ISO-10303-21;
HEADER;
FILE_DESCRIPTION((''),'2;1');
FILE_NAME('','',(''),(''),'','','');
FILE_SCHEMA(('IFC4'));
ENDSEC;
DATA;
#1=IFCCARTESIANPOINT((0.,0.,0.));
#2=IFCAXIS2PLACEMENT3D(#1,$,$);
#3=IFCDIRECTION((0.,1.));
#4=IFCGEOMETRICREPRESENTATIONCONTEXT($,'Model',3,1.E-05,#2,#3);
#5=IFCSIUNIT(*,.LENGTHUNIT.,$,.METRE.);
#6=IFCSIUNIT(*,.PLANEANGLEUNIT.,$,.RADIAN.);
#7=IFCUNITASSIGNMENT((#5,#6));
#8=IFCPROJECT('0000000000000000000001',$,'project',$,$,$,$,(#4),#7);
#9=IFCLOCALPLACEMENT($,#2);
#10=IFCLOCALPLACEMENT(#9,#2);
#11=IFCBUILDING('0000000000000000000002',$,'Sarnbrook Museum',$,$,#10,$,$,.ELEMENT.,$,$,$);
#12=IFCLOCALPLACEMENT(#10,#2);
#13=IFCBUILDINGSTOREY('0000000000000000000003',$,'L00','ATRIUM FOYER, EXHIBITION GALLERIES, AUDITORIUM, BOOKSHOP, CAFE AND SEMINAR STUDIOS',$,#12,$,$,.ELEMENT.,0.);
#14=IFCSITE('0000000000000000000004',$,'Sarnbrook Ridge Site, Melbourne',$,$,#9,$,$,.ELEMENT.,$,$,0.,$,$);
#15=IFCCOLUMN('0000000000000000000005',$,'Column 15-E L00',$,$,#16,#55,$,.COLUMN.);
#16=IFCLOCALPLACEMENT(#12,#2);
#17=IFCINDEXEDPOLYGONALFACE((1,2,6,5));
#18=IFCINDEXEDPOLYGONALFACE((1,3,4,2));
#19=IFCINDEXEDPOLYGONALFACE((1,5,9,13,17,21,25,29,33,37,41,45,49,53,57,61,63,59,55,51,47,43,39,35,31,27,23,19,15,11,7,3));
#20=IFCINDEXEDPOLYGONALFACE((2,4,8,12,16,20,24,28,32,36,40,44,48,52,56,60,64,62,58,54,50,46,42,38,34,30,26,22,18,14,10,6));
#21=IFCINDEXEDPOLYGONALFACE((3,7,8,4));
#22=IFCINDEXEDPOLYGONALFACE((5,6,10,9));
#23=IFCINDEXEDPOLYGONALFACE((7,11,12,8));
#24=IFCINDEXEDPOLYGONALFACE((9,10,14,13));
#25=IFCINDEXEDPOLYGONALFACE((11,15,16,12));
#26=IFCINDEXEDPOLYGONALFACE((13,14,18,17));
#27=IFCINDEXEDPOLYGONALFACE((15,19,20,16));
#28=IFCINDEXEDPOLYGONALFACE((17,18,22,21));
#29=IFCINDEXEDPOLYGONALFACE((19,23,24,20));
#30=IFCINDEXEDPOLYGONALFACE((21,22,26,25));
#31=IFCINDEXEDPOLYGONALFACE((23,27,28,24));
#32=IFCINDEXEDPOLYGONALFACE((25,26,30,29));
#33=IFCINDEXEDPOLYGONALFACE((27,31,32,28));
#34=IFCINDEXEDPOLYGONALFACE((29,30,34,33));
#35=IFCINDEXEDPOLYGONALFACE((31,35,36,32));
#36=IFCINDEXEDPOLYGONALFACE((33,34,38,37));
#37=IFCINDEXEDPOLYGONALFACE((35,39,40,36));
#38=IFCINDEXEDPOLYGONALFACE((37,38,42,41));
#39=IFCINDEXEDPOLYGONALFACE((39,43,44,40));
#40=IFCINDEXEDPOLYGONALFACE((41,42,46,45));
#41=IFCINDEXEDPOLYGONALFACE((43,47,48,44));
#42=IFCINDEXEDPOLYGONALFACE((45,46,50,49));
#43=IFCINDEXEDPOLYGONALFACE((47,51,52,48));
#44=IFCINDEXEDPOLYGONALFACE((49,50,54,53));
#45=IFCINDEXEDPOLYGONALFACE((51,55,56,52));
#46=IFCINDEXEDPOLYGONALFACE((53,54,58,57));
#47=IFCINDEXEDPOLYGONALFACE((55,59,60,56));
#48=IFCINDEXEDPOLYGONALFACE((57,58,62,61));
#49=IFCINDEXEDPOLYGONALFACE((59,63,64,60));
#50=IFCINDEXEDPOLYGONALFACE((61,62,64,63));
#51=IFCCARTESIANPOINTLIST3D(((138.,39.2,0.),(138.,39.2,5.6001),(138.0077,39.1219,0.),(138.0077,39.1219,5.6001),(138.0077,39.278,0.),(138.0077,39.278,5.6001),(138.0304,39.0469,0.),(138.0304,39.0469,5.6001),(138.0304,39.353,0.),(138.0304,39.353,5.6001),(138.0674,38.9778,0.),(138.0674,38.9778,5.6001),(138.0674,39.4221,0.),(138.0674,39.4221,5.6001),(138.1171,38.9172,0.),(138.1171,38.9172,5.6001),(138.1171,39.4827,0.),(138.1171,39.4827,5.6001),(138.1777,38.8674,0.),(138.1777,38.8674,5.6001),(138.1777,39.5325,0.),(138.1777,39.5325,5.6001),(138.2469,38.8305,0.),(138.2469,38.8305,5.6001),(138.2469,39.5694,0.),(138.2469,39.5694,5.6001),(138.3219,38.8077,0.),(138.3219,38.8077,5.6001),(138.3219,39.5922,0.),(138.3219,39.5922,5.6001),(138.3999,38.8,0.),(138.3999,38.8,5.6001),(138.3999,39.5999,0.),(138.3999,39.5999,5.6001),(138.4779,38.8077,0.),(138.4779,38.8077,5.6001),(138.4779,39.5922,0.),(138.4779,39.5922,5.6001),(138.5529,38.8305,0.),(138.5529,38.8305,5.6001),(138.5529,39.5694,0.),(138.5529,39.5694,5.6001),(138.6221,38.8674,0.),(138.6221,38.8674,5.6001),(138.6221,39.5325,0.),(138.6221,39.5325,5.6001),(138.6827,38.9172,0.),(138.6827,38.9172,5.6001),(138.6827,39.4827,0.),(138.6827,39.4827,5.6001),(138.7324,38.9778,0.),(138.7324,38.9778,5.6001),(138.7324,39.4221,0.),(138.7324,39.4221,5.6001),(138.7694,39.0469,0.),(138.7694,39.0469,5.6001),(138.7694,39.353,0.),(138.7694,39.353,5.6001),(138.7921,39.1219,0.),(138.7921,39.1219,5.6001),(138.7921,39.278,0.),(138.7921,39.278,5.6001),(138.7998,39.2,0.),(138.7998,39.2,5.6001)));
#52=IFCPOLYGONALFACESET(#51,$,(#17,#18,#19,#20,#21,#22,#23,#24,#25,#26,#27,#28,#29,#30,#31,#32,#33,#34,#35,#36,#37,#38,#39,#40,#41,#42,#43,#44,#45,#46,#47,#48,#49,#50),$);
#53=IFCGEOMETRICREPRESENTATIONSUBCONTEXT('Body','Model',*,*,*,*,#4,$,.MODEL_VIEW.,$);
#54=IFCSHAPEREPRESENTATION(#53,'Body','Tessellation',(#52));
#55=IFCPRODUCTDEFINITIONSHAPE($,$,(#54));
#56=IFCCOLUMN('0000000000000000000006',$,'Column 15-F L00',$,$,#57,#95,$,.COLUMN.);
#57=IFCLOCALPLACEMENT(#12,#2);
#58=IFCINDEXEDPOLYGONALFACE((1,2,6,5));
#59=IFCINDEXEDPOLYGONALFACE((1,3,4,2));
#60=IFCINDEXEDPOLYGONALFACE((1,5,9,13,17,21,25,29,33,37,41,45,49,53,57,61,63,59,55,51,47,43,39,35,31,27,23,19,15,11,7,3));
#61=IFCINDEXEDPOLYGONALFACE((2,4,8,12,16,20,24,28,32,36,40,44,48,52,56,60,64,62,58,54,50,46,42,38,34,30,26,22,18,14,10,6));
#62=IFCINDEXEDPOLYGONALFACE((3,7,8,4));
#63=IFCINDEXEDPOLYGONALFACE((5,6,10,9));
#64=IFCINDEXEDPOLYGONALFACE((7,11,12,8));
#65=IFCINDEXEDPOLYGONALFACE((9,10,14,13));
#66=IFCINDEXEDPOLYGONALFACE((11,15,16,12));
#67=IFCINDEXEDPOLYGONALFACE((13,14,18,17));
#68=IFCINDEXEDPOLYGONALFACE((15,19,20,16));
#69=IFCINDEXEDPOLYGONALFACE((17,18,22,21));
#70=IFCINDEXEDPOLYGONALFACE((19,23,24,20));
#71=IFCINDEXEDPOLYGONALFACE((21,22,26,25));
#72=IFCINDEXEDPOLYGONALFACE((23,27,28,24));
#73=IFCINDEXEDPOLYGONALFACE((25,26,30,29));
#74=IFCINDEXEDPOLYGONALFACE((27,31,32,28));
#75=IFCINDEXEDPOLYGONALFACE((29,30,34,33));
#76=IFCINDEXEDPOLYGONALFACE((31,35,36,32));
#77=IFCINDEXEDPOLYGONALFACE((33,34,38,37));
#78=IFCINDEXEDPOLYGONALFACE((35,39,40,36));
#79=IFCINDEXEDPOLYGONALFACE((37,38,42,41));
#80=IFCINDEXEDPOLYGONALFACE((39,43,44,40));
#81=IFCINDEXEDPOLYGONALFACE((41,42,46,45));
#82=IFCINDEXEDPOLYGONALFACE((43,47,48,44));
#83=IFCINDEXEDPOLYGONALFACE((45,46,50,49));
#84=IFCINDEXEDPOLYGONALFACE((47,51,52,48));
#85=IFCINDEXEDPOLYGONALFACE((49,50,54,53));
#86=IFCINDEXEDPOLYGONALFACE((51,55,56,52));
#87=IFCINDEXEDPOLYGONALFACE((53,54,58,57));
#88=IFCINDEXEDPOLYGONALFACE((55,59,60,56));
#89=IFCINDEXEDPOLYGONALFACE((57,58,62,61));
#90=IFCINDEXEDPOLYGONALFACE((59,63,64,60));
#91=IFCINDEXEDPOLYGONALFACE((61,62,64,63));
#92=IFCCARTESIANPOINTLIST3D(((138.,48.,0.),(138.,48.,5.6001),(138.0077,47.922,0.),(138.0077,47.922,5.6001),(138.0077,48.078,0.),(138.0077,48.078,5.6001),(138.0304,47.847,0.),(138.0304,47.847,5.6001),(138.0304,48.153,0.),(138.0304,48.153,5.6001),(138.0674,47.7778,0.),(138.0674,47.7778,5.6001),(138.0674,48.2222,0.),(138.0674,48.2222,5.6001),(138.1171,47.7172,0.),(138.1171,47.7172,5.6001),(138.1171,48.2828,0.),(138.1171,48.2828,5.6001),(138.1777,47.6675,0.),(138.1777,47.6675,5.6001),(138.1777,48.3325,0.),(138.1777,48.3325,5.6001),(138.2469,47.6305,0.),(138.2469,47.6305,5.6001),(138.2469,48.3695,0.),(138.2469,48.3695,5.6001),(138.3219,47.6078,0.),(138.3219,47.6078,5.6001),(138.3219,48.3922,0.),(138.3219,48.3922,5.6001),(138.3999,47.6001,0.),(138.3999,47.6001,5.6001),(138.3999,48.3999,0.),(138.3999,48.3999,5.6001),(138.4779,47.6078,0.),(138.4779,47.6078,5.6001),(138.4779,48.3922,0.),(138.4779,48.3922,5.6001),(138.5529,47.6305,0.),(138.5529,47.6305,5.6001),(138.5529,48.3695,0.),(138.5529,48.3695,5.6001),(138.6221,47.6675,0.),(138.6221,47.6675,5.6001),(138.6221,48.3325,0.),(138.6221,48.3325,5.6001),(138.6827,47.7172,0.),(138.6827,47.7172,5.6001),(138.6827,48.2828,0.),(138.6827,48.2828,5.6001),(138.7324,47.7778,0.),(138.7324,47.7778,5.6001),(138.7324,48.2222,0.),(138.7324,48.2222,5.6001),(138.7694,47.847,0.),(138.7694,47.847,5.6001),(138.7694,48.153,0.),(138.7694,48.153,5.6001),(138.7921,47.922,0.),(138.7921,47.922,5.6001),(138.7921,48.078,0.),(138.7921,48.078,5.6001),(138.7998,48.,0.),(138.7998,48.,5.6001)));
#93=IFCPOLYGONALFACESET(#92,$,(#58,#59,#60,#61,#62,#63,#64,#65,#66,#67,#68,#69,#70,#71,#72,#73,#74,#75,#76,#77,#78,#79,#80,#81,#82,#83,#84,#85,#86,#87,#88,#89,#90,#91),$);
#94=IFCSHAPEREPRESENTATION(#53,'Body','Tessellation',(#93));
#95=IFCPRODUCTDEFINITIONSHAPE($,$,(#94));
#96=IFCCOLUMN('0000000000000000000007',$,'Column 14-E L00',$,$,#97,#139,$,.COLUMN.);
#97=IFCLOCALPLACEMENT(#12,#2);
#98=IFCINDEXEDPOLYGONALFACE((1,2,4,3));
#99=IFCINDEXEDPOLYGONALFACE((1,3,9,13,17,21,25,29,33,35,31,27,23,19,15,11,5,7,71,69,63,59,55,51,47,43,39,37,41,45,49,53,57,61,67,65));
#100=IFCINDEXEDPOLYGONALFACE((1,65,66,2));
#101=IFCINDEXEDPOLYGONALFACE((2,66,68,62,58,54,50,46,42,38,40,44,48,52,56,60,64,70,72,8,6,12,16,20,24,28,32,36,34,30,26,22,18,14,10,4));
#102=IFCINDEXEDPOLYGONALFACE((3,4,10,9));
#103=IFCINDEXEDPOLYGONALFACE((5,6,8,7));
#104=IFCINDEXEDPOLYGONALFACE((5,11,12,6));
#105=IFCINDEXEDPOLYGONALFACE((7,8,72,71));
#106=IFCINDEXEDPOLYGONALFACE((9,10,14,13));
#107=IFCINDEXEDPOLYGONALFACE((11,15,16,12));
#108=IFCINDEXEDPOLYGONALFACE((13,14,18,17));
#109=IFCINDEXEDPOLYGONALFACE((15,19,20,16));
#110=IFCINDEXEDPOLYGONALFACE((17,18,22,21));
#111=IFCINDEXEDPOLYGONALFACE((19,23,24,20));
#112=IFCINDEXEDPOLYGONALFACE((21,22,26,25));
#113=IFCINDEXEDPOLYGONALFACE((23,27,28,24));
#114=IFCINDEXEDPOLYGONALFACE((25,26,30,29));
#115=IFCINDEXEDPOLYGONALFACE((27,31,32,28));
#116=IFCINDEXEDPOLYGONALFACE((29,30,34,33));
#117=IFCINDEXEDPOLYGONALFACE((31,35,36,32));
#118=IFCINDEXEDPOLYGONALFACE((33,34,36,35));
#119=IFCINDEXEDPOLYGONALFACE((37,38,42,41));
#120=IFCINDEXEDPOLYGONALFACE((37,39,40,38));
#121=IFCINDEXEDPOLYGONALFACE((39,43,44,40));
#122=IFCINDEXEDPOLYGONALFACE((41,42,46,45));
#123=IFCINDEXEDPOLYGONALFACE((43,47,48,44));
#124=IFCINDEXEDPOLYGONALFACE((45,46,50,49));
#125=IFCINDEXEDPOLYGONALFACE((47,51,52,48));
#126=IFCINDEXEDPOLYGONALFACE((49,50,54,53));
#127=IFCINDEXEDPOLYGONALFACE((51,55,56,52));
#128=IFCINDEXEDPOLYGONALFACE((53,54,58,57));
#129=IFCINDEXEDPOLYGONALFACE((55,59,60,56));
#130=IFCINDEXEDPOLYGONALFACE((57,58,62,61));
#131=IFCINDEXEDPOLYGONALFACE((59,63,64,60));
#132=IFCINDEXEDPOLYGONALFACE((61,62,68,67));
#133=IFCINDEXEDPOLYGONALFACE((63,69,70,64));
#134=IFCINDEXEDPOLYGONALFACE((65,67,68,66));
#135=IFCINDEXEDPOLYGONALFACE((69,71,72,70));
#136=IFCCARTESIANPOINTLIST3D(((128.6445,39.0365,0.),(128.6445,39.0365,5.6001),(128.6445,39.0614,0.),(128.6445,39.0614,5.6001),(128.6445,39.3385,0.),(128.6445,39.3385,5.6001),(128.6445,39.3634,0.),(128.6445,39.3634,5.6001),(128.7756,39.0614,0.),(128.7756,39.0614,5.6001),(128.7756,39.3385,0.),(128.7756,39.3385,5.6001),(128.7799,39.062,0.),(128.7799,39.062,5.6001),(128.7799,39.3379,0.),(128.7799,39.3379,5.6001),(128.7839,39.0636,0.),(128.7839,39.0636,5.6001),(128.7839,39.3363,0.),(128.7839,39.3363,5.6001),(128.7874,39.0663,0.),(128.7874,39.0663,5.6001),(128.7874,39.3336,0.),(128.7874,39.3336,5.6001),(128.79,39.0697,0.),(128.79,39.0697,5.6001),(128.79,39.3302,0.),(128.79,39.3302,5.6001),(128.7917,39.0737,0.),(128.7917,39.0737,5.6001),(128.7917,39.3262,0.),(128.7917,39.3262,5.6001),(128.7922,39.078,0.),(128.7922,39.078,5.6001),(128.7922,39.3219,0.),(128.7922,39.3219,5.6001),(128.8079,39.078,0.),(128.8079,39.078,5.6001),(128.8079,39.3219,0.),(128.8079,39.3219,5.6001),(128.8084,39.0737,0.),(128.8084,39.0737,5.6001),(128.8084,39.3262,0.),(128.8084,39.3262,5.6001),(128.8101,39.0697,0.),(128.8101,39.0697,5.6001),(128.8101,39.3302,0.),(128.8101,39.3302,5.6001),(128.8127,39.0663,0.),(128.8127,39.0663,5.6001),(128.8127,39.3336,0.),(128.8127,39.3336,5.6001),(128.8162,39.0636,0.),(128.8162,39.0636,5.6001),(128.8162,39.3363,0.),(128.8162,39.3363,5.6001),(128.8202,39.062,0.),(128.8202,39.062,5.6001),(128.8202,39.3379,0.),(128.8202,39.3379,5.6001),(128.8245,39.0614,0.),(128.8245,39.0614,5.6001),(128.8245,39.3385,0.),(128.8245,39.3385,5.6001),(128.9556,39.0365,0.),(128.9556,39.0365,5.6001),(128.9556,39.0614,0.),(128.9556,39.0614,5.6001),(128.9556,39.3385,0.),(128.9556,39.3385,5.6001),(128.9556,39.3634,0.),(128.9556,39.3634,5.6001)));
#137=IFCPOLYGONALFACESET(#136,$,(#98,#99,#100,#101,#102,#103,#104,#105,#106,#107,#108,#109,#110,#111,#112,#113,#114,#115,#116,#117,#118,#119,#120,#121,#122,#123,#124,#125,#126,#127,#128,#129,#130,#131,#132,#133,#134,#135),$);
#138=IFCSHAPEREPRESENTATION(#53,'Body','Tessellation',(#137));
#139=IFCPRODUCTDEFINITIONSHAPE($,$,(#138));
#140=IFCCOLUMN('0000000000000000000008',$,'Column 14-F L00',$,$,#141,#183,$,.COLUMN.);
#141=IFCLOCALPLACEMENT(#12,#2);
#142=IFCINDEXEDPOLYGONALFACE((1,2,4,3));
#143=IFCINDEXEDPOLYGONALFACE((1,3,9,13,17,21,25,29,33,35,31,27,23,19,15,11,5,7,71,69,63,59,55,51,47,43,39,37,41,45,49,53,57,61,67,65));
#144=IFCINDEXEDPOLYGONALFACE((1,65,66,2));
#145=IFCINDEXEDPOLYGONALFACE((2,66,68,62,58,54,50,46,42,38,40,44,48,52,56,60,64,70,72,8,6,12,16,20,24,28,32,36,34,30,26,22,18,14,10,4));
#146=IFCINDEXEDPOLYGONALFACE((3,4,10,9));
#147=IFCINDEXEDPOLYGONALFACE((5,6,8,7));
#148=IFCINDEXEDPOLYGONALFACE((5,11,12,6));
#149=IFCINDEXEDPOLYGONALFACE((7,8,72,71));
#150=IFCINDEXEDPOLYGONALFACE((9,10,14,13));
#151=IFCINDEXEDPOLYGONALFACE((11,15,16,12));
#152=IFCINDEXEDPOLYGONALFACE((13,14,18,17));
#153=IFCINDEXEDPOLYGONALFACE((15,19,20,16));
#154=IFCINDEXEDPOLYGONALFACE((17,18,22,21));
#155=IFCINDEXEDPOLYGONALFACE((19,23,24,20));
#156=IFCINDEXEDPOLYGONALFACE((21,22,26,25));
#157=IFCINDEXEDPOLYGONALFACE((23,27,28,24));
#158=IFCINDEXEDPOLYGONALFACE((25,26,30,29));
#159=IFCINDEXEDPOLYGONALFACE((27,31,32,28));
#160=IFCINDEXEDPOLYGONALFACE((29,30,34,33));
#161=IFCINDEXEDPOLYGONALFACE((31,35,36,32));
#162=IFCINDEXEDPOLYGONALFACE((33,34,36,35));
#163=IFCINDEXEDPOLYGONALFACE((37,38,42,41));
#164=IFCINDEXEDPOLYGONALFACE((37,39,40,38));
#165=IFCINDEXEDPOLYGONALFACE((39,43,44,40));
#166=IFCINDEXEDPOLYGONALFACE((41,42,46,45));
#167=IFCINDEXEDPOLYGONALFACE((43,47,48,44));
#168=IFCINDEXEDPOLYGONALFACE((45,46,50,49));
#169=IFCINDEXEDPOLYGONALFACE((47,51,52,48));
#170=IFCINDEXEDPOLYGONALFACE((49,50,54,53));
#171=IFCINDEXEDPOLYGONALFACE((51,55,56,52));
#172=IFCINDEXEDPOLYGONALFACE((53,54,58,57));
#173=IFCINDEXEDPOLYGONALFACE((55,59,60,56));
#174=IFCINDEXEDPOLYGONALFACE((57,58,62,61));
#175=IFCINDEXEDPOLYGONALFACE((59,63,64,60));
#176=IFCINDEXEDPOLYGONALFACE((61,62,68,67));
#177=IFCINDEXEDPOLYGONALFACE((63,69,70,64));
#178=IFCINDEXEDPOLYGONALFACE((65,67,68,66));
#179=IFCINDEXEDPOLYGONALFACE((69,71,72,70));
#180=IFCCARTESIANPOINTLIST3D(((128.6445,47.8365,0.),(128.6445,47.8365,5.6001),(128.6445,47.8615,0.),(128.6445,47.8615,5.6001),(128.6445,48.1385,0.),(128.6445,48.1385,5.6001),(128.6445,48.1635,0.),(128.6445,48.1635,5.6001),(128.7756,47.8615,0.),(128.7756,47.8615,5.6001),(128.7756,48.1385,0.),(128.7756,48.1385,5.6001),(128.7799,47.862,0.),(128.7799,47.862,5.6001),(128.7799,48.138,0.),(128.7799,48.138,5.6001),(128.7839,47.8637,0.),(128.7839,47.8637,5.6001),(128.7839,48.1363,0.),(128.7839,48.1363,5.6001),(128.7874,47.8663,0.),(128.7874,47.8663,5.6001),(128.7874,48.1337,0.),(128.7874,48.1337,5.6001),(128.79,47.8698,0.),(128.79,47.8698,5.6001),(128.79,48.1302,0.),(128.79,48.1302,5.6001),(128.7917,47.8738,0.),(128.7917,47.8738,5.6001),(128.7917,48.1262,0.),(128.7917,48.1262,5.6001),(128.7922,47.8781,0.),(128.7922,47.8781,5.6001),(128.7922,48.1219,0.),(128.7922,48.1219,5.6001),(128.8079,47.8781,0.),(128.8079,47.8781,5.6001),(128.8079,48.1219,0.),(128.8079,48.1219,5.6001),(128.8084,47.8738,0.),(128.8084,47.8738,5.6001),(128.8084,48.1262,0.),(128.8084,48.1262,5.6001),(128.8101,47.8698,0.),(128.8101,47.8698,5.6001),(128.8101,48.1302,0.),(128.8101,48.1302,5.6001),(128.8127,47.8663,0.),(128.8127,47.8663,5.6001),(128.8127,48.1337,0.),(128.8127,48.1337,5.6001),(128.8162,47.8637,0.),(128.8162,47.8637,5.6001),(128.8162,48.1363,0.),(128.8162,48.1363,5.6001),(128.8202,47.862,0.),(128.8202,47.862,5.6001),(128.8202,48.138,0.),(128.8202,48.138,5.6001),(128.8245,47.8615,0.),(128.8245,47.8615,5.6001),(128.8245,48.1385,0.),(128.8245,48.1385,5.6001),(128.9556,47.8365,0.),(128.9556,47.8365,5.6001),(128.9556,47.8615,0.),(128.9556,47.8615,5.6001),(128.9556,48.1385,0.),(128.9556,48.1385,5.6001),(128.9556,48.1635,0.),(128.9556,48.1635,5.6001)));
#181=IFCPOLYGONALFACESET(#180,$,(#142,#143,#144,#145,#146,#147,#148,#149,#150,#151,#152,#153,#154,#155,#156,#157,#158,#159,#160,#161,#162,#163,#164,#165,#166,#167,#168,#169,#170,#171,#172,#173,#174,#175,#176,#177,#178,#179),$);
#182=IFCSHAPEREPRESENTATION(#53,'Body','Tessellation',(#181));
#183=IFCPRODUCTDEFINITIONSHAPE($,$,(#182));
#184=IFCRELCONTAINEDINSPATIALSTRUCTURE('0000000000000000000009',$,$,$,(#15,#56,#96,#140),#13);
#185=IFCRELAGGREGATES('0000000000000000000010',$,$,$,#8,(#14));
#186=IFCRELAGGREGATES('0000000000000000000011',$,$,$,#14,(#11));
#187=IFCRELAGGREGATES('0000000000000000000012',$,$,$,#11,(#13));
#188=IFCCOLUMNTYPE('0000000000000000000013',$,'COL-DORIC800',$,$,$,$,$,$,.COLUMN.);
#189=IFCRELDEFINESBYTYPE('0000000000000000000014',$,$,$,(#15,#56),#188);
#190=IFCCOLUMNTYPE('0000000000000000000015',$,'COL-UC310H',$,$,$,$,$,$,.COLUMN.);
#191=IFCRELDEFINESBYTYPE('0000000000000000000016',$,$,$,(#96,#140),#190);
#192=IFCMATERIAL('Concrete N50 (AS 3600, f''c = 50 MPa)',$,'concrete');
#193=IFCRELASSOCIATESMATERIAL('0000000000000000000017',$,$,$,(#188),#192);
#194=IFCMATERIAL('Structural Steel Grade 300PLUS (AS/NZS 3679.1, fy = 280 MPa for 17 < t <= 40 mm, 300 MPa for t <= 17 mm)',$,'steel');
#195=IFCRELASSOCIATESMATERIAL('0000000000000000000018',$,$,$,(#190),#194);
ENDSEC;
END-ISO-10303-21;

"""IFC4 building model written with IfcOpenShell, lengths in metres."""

from ifc_helpers import new_model, si_unit, direction, frame, origin, origin_2d, place, context, subcontext, project, spatial, circle, i_section, extrude, material, material_profile, profile_set, type_object, element, save


model = new_model("IFC4")

# Units and contexts
model_context = context("Model", 3, precision=1e-05, world=origin(), true_north=direction((0.0, 1.0)))
body_context = subcontext(model_context, "Body", "Model", "MODEL_VIEW")
ifc_project = project(units=[si_unit("LENGTHUNIT", "METRE"), si_unit("PLANEANGLEUNIT", "RADIAN")], contexts=[model_context])

# Site, building, storey
site_placement = place(None, origin())
site = spatial("IfcSite", under=ifc_project, at=site_placement, Name="Sarnbrook Ridge Site, Melbourne", CompositionType="ELEMENT", RefElevation=0.0)
building_placement = place(site_placement, origin())
building = spatial("IfcBuilding", under=site, at=building_placement, Name="Sarnbrook Museum", CompositionType="ELEMENT")
storey_placement = place(building_placement, origin())
storey = spatial("IfcBuildingStorey", under=building, at=storey_placement, Name="L00", Description="ATRIUM FOYER, EXHIBITION GALLERIES, AUDITORIUM, BOOKSHOP, CAFE AND SEMINAR STUDIOS", CompositionType="ELEMENT", Elevation=0.0)

# Columns
ifc_material_1 = material(Name="Concrete N50 (AS 3600, f'c = 50 MPa)", Category="concrete")
ifc_material_profile_1 = material_profile(ifc_material_1, circle(Radius=0.3999, at=origin_2d()), Name="DORIC D800")
ifc_profile_set_1 = profile_set([ifc_material_profile_1], Name="Concrete N50 (AS 3600, f'c = 50 MPa)")
column_type_1 = type_object("IfcColumnType", Name="COL-DORIC800", PredefinedType="COLUMN", material=ifc_profile_set_1)
for number, where, z_axis, x_axis, name in (
    (1, (138.3999, 39.2, 0.0), (0.0, 0.0, 1.0), (1.0, 0.0, 0.0), "Column 15-E L00"),
    (2, (138.3999, 48.0, 0.0), (0.0, 0.0, 1.0), (1.0, 0.0, 0.0), "Column 15-F L00"),
):
    element("IfcColumn", number, at=place(storey_placement, frame(where, z_axis=z_axis, x_axis=x_axis)), inside=storey, type_object=column_type_1, Name=name, PredefinedType="COLUMN", context=body_context, shape_type="SweptSolid", body=[
        extrude(circle(Radius=0.3999, at=origin_2d()), origin(), (0.0, 0.0, 1.0), 5.6001),
    ])
ifc_material_2 = material(Name="Structural Steel Grade 300PLUS (AS/NZS 3679.1, fy = 280 MPa for 17 < t <= 40 mm, 300 MPa for t <= 17 mm)", Category="steel")
ifc_material_profile_2 = material_profile(ifc_material_2, i_section(OverallWidth=0.311, OverallDepth=0.3269, WebThickness=0.0156, FlangeThickness=0.0249, FilletRadius=0.0166, at=origin_2d()), Name="310UC158")
ifc_profile_set_2 = profile_set([ifc_material_profile_2], Name="Structural Steel Grade 300PLUS (AS/NZS 3679.1, fy = 280 MPa for 17 < t <= 40 mm, 300 MPa for t <= 17 mm)")
column_type_2 = type_object("IfcColumnType", Name="COL-UC310H", PredefinedType="COLUMN", material=ifc_profile_set_2)
for number, where, z_axis, x_axis, name in (
    (3, (128.8, 39.2, 0.0), (0.0, 0.0, 1.0), (1.0, 0.0, 0.0), "Column 14-E L00"),
    (4, (128.8, 48.0, 0.0), (0.0, 0.0, 1.0), (1.0, 0.0, 0.0), "Column 14-F L00"),
):
    element("IfcColumn", number, at=place(storey_placement, frame(where, z_axis=z_axis, x_axis=x_axis)), inside=storey, type_object=column_type_2, Name=name, PredefinedType="COLUMN", context=body_context, shape_type="SweptSolid", body=[
        extrude(i_section(OverallWidth=0.311, OverallDepth=0.3269, WebThickness=0.0156, FlangeThickness=0.0249, FilletRadius=0.0166, at=origin_2d()), origin(), (0.0, 0.0, 1.0), 5.6001),
    ])

save(model, "model.ifc")
